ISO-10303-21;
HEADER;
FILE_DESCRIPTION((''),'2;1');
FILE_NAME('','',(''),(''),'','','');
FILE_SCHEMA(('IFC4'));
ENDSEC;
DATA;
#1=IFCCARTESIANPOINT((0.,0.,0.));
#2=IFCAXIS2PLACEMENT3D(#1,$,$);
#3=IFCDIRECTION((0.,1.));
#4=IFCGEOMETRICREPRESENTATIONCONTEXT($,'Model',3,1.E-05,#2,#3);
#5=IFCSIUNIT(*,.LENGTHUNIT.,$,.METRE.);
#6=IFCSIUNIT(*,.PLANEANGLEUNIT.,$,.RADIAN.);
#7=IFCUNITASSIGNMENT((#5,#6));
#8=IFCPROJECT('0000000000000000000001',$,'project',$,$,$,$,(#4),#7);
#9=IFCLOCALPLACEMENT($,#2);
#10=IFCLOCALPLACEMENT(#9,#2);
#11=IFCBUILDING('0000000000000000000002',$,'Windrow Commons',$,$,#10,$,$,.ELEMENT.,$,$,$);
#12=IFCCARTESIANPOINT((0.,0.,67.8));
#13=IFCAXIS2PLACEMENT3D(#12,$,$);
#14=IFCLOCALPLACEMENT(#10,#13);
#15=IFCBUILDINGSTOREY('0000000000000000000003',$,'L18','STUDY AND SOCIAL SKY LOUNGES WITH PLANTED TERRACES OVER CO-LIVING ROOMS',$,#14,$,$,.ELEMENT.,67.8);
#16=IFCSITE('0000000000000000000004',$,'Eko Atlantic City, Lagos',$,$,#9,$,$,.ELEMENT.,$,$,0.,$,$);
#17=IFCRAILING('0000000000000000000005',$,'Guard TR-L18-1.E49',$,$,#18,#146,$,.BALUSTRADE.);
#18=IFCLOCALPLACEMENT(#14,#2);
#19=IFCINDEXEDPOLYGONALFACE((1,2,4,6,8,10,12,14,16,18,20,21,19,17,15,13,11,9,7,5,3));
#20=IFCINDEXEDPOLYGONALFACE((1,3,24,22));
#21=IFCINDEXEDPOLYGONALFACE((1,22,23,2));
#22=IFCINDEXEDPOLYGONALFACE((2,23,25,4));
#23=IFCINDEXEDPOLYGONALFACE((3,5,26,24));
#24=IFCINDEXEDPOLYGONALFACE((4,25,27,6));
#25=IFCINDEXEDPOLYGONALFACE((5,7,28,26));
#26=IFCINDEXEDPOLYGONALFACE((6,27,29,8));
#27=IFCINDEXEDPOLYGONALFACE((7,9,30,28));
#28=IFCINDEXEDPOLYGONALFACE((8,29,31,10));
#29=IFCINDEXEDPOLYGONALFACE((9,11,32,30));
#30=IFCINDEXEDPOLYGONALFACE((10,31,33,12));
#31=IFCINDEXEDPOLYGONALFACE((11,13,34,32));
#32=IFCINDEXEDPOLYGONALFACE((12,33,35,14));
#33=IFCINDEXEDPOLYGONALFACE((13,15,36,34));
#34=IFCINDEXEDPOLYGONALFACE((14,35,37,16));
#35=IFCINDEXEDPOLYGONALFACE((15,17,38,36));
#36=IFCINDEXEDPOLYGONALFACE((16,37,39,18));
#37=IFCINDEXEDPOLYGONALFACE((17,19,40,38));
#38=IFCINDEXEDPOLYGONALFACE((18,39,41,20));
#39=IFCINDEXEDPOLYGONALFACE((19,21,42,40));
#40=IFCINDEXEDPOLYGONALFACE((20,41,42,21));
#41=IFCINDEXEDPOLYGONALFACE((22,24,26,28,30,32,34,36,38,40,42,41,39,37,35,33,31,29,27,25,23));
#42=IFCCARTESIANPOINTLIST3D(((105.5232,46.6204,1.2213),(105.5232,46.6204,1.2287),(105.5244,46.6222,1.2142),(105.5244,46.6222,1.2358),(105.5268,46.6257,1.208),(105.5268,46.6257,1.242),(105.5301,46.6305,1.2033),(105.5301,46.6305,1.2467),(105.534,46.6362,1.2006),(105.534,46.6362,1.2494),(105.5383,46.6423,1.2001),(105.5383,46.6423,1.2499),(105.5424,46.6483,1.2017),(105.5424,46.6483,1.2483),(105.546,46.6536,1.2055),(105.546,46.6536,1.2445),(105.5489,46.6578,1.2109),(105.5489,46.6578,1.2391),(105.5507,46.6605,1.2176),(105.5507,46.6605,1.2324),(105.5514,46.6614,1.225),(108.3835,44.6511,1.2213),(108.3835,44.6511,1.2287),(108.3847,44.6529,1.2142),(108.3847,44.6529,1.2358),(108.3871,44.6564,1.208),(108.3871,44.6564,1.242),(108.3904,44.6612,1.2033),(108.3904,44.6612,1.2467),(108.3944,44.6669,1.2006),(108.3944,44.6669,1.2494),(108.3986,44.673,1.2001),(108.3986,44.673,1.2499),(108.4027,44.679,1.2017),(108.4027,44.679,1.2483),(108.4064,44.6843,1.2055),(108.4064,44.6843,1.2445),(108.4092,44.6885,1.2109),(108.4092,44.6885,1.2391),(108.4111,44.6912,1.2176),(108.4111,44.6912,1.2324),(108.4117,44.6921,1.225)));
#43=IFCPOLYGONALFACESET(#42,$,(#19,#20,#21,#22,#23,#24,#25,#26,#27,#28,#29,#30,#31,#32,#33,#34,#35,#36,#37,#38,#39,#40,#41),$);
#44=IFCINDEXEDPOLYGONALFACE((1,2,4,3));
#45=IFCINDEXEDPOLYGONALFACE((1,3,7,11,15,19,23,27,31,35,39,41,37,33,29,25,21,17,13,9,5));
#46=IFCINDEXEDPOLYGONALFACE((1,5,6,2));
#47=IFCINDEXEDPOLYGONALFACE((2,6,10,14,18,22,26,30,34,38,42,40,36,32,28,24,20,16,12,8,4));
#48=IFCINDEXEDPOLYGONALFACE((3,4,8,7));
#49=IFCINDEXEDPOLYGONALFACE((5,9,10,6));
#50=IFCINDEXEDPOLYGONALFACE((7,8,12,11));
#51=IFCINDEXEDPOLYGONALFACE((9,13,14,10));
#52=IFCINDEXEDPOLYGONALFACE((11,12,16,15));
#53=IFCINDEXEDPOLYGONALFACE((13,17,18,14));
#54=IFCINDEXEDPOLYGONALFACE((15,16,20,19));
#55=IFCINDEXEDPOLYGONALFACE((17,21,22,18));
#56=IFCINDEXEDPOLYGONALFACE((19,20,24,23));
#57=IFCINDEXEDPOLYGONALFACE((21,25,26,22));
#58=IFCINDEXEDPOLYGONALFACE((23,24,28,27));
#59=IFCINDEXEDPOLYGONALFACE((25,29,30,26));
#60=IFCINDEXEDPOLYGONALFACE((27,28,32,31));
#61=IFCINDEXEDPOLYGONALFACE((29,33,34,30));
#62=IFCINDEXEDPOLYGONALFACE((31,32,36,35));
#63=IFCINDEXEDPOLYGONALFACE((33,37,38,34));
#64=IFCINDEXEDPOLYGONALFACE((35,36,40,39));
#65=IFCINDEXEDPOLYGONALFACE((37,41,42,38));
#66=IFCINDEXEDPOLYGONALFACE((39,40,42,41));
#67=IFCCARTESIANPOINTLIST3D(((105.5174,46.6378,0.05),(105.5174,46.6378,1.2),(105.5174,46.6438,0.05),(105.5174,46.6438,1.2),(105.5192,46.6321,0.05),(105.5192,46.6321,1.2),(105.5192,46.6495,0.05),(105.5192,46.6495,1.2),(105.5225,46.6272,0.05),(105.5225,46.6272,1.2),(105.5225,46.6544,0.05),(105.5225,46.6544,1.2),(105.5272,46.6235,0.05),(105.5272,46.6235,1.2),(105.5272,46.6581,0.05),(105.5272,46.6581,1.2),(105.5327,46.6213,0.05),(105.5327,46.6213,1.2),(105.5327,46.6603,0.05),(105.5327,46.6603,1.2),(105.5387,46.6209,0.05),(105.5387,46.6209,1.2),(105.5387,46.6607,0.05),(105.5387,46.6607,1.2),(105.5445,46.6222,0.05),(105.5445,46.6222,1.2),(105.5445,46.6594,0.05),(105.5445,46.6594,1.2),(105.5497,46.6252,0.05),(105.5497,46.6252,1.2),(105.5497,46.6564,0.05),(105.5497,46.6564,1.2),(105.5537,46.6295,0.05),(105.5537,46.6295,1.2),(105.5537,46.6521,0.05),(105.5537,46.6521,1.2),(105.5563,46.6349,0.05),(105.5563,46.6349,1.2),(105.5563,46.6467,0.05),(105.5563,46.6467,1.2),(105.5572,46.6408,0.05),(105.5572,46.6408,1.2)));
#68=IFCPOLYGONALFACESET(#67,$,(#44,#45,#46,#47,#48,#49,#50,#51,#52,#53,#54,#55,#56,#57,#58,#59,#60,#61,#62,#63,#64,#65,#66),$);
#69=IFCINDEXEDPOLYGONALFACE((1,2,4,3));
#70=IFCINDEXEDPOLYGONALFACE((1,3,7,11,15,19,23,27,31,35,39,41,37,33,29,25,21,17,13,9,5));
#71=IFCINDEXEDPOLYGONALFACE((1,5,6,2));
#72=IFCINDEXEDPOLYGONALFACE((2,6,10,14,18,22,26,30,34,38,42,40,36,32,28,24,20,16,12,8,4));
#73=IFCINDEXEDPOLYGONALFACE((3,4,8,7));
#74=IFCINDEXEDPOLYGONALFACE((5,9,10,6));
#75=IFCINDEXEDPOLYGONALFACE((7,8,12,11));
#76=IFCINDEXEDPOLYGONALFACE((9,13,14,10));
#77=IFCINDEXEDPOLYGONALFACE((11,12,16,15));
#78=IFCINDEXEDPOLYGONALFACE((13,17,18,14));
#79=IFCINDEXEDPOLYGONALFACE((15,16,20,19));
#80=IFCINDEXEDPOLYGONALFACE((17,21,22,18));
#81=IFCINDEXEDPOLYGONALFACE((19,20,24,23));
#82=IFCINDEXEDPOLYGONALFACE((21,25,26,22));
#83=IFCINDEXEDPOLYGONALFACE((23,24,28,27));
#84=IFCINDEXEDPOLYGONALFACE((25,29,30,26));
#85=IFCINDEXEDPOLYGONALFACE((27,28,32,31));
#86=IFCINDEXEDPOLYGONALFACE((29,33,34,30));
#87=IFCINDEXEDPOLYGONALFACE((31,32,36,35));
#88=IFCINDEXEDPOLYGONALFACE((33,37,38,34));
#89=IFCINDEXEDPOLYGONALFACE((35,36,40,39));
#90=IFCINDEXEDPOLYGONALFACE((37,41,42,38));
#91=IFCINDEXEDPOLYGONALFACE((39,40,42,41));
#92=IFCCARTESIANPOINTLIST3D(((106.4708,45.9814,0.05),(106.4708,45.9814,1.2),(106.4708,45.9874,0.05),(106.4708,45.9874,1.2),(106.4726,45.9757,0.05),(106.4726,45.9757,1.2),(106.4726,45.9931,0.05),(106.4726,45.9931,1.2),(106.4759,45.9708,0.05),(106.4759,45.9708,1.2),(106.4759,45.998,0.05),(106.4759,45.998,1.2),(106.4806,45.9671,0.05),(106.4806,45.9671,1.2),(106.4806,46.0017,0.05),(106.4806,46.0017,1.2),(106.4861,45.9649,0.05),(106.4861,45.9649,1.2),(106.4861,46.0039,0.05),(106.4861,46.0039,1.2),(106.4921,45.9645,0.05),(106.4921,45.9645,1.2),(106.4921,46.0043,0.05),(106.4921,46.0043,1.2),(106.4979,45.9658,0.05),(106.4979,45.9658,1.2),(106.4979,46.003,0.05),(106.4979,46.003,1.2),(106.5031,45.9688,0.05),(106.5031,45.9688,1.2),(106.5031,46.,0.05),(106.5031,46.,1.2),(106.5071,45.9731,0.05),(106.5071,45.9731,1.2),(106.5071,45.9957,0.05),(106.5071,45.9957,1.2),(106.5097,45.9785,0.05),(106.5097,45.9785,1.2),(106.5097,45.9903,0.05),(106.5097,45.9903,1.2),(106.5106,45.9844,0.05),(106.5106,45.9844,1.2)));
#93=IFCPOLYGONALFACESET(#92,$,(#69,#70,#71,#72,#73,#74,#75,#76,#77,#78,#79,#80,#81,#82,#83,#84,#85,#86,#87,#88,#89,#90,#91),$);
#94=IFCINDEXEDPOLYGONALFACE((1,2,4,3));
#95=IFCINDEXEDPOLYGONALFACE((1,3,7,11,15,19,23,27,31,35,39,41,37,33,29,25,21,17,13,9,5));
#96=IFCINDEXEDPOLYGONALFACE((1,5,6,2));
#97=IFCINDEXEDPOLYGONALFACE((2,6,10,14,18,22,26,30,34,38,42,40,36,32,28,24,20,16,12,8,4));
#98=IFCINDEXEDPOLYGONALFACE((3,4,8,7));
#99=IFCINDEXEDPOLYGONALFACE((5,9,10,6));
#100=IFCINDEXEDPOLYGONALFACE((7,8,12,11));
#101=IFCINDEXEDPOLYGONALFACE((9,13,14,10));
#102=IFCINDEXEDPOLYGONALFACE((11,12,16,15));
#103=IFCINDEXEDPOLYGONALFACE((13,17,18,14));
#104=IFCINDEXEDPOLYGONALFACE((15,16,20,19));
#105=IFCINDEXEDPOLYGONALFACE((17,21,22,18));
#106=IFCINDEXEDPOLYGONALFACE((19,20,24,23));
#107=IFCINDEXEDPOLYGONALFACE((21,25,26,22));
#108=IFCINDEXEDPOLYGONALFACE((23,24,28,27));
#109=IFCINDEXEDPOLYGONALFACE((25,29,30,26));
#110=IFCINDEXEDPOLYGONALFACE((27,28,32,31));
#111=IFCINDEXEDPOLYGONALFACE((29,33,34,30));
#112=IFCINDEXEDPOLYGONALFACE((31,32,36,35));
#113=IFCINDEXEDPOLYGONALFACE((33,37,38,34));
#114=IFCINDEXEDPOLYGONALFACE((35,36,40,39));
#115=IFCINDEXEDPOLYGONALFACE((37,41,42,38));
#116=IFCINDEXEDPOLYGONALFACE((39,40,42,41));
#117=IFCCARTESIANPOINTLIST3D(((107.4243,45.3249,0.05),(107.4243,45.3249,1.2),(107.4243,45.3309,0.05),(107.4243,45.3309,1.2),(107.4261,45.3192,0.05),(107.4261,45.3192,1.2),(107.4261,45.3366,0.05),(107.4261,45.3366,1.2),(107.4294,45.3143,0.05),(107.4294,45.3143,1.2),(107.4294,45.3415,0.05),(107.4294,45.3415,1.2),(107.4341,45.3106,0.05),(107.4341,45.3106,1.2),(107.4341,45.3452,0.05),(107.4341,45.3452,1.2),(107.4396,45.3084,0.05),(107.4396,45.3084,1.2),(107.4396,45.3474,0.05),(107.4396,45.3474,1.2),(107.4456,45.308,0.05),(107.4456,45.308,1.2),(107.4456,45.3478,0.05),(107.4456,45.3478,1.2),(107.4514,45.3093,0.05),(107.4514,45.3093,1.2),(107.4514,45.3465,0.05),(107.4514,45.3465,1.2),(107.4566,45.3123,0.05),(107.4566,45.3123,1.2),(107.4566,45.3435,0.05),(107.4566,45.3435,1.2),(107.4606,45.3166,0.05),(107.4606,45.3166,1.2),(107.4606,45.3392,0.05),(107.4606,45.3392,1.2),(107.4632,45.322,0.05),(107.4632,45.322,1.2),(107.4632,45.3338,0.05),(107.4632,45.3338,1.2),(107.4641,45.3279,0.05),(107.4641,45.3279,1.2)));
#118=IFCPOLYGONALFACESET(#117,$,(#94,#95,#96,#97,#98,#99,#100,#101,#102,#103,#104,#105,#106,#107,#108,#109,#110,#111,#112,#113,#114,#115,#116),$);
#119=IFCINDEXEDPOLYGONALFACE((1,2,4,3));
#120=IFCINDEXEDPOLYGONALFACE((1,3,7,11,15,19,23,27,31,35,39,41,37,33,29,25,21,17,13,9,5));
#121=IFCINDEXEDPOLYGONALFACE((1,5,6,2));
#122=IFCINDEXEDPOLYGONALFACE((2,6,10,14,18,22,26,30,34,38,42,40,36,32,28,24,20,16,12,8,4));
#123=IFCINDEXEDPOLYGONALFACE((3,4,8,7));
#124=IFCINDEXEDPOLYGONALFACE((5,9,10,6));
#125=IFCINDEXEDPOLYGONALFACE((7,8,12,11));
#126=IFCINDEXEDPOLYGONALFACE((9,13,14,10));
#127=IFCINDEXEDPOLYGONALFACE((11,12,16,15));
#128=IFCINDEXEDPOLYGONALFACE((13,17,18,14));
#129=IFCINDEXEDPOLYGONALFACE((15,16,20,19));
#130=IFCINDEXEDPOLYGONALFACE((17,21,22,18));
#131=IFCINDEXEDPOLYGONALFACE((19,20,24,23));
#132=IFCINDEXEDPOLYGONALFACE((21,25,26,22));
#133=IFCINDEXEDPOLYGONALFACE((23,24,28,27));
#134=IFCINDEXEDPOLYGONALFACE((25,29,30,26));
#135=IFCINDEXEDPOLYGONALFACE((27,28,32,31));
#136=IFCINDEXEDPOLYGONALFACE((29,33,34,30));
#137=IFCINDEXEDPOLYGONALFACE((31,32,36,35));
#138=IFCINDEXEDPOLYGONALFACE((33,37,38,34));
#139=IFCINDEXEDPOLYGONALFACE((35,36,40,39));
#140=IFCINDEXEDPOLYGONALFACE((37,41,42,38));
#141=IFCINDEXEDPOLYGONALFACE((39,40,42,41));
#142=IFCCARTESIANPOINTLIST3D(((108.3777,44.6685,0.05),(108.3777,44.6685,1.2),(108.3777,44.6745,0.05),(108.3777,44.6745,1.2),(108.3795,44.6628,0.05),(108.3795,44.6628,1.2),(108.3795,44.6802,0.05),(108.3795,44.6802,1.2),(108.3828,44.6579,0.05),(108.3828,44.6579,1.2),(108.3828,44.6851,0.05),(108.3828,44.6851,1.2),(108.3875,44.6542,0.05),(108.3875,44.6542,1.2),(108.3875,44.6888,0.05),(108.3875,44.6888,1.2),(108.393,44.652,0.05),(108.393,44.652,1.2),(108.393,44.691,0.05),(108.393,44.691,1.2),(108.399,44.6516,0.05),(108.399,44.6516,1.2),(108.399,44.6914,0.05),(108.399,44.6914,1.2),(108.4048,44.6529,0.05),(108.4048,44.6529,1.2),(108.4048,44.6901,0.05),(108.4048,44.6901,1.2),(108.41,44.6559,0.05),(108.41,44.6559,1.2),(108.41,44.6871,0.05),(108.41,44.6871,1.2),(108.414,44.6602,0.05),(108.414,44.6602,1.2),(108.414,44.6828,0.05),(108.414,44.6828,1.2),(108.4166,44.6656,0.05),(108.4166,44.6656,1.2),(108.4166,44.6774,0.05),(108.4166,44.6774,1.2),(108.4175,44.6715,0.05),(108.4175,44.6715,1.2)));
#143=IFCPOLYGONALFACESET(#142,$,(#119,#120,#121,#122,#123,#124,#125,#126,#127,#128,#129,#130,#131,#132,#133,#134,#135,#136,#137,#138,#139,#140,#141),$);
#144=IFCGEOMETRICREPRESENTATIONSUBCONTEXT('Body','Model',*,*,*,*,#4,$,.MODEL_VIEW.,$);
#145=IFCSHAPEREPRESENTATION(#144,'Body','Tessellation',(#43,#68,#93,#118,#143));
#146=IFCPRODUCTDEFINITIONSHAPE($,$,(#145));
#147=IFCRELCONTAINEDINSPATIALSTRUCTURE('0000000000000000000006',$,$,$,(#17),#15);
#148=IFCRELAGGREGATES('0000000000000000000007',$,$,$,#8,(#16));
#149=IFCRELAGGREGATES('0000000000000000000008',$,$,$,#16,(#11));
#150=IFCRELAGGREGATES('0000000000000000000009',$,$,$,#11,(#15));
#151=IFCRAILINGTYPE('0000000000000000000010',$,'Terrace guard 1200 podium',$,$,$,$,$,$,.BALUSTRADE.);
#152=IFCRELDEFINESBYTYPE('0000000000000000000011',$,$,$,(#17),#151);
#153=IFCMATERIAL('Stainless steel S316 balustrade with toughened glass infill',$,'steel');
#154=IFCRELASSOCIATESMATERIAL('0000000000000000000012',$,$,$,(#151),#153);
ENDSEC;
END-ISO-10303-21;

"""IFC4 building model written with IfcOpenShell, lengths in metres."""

from ifc_helpers import new_model, si_unit, direction, frame, origin, origin_2d, place, context, subcontext, project, spatial, circle, extrude, material, type_object, element, save


model = new_model("IFC4")

# Units and contexts
model_context = context("Model", 3, precision=1e-05, world=origin(), true_north=direction((0.0, 1.0)))
body_context = subcontext(model_context, "Body", "Model", "MODEL_VIEW")
ifc_project = project(units=[si_unit("LENGTHUNIT", "METRE"), si_unit("PLANEANGLEUNIT", "RADIAN")], contexts=[model_context])

# Site, building, storey
site_placement = place(None, origin())
site = spatial("IfcSite", under=ifc_project, at=site_placement, Name="Eko Atlantic City, Lagos", CompositionType="ELEMENT", RefElevation=0.0)
building_placement = place(site_placement, origin())
building = spatial("IfcBuilding", under=site, at=building_placement, Name="Windrow Commons", CompositionType="ELEMENT")
storey_placement = place(building_placement, frame((0.0, 0.0, 67.8)))
storey = spatial("IfcBuildingStorey", under=building, at=storey_placement, Name="L18", Description="STUDY AND SOCIAL SKY LOUNGES WITH PLANTED TERRACES OVER CO-LIVING ROOMS", CompositionType="ELEMENT", Elevation=67.8)

# Railing
ifc_material_1 = material(Name="Stainless steel S316 balustrade with toughened glass infill", Category="steel")
railing_type_1 = type_object("IfcRailingType", Name="Terrace guard 1200 podium", PredefinedType="BALUSTRADE", material=ifc_material_1)
railing_1_placement = place(storey_placement, frame((105.5372, 46.6408, 0.05)))
element("IfcRailing", 1, at=railing_1_placement, inside=storey, type_object=railing_type_1, Name="Guard TR-L18-1.E49", PredefinedType="BALUSTRADE", context=body_context, shape_type="SweptSolid", body=[
    extrude(circle(Radius=0.025, at=origin_2d()), frame((0.0, 0.0, 1.175), z_axis=(0.823659, -0.567085, 0.0), x_axis=(0.567085, 0.823659, 0.0)), (0.0, 0.0, 1.0), 3.4727),
    extrude(circle(Radius=0.02, at=origin_2d()), origin(), (0.0, 0.0, 1.0), 1.15),
    extrude(circle(Radius=0.02, at=origin_2d()), frame((0.9534, -0.6564, 0.0)), (0.0, 0.0, 1.0), 1.15),
    extrude(circle(Radius=0.02, at=origin_2d()), frame((1.9069, -1.3129, 0.0)), (0.0, 0.0, 1.0), 1.15),
    extrude(circle(Radius=0.02, at=origin_2d()), frame((2.8603, -1.9693, 0.0)), (0.0, 0.0, 1.0), 1.15),
])

save(model, "model.ifc")
